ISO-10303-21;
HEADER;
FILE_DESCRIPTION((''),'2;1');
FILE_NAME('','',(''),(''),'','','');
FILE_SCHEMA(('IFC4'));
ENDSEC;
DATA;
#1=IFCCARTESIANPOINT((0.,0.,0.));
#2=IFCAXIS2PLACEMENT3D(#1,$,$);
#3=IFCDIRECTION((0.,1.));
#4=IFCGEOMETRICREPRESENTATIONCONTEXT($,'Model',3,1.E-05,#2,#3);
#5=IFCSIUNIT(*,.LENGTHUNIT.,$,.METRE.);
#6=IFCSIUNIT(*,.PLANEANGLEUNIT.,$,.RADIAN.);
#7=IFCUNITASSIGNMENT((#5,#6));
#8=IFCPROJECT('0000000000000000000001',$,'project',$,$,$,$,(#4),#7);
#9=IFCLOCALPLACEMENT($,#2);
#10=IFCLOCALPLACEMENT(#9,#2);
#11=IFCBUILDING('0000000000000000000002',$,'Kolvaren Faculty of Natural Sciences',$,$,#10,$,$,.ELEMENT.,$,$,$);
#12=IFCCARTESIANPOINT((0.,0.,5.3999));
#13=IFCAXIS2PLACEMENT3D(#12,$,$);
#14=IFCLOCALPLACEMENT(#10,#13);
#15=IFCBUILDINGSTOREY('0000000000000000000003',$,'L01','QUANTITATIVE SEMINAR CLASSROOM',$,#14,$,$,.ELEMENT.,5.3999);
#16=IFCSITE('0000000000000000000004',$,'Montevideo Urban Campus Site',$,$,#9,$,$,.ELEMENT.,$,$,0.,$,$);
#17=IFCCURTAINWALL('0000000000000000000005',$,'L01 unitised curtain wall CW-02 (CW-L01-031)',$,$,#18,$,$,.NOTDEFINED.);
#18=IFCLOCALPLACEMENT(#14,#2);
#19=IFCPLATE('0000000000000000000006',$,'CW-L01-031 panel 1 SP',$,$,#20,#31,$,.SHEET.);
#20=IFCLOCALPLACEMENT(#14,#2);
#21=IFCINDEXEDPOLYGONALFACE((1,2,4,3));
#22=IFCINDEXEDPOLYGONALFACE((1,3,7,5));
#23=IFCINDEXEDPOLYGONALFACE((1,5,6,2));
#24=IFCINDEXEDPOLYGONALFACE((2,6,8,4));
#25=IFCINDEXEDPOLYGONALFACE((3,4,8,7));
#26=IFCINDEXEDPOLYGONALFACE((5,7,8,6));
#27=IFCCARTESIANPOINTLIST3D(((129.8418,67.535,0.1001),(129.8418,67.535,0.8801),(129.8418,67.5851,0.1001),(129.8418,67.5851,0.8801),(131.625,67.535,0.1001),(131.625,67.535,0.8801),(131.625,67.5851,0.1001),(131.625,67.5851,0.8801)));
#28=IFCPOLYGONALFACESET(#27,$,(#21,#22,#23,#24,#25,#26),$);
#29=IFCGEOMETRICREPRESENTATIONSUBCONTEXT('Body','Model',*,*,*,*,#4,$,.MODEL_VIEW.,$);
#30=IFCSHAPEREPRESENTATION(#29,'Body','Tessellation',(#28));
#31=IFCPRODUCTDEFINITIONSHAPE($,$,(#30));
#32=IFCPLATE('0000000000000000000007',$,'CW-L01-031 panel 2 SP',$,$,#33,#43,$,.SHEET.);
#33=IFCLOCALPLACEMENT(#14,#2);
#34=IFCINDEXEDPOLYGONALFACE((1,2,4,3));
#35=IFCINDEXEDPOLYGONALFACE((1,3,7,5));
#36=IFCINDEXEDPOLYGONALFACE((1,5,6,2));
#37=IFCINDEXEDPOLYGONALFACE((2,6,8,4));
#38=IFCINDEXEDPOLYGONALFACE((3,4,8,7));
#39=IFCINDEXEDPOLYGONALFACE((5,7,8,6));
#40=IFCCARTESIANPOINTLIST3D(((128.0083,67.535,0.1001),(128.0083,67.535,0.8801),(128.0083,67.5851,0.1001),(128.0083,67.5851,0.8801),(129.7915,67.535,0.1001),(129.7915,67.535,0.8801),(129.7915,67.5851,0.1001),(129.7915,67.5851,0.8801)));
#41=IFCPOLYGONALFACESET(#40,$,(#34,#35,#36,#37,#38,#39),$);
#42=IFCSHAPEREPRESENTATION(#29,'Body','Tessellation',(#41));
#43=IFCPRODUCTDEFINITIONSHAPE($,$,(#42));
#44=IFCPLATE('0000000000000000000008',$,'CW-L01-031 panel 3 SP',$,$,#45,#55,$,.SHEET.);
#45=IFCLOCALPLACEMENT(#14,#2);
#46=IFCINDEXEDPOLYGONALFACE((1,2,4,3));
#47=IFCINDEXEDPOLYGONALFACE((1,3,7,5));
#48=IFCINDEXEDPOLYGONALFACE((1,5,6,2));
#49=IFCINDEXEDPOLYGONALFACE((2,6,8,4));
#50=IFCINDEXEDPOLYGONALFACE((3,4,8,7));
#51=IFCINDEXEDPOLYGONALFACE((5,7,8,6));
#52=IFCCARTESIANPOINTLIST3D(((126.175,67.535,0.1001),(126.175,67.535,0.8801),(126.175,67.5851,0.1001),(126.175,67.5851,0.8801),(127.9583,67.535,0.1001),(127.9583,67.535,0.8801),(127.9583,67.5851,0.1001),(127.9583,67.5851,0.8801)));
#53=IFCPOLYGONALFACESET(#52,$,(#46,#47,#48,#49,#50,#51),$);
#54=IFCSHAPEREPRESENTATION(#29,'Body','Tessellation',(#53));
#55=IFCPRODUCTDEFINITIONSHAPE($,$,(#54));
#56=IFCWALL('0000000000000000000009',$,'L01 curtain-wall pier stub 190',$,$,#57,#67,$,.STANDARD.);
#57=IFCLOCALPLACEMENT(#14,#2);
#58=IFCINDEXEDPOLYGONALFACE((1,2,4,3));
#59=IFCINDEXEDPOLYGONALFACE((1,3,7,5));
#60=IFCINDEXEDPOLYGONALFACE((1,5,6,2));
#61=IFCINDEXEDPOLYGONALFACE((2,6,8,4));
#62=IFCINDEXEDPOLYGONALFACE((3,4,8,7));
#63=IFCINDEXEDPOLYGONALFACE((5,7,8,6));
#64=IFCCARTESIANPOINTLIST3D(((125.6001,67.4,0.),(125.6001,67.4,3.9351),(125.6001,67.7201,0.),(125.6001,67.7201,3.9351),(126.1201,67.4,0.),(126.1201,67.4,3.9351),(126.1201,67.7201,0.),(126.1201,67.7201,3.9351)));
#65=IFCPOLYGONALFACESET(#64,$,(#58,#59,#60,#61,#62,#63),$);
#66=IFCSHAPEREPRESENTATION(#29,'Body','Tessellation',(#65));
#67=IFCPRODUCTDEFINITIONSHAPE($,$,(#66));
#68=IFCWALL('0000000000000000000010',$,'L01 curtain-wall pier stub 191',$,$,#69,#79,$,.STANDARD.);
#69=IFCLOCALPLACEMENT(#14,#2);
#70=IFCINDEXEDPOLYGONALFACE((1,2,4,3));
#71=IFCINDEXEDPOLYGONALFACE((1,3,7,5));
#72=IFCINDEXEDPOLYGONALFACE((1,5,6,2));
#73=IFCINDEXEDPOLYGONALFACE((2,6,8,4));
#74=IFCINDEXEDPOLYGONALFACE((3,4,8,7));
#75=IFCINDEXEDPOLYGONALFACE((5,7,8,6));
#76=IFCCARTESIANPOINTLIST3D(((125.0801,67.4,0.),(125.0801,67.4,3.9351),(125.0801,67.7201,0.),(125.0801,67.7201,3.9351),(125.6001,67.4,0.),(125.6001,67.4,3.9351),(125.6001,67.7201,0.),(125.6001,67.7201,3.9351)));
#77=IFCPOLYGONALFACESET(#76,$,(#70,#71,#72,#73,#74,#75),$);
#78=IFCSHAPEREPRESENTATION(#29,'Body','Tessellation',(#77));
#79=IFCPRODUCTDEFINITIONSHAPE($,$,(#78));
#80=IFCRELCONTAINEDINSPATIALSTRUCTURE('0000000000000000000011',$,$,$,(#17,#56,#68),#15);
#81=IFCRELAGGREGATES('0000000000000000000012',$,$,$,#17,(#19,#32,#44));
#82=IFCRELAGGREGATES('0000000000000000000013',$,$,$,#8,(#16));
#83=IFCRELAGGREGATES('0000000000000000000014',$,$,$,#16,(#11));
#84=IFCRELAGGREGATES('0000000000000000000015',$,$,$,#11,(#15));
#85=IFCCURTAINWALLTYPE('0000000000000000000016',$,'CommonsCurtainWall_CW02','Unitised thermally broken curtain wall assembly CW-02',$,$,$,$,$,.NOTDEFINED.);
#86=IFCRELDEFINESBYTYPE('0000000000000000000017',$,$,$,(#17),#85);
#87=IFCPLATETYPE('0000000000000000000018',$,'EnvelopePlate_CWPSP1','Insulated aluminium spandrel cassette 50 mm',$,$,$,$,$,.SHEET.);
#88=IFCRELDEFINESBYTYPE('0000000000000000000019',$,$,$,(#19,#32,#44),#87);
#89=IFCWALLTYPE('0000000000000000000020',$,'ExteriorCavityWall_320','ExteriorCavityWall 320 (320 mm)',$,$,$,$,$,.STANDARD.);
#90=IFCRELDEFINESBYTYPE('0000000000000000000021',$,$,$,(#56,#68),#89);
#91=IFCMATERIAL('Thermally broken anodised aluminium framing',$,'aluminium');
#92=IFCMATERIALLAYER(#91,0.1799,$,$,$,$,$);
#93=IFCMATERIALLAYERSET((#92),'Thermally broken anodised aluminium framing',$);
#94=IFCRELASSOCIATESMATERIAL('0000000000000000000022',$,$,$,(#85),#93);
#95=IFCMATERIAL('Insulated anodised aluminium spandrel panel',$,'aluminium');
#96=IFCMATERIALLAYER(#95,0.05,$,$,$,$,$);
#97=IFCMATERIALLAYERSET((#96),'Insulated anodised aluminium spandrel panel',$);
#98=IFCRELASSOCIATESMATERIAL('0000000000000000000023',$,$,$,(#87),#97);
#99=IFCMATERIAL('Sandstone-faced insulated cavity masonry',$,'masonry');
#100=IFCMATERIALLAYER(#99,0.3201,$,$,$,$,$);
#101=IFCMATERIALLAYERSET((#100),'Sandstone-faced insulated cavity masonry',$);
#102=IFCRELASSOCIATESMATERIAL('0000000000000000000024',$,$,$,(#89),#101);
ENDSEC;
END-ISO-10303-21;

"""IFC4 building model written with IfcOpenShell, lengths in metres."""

from ifc_helpers import new_model, si_unit, direction, frame, frame_2d, origin, origin_2d, place, context, subcontext, project, spatial, rectangle, extrude, material, layer, layer_set, type_object, element, aggregate, save


model = new_model("IFC4")

# Units and contexts
model_context = context("Model", 3, precision=1e-05, world=origin(), true_north=direction((0.0, 1.0)))
body_context = subcontext(model_context, "Body", "Model", "MODEL_VIEW")
ifc_project = project(units=[si_unit("LENGTHUNIT", "METRE"), si_unit("PLANEANGLEUNIT", "RADIAN")], contexts=[model_context])

# Site, building, storey
site_placement = place(None, origin())
site = spatial("IfcSite", under=ifc_project, at=site_placement, Name="Montevideo Urban Campus Site", CompositionType="ELEMENT", RefElevation=0.0)
building_placement = place(site_placement, origin())
building = spatial("IfcBuilding", under=site, at=building_placement, Name="Kolvaren Faculty of Natural Sciences", CompositionType="ELEMENT")
storey_placement = place(building_placement, frame((0.0, 0.0, 5.3999)))
storey = spatial("IfcBuildingStorey", under=building, at=storey_placement, Name="L01", Description="QUANTITATIVE SEMINAR CLASSROOM", CompositionType="ELEMENT", Elevation=5.3999)

# Curtain wall
ifc_material_1 = material(Name="Thermally broken anodised aluminium framing", Category="aluminium")
ifc_layer_1 = layer(ifc_material_1, 0.1799)
ifc_layer_set_1 = layer_set([ifc_layer_1], Name="Thermally broken anodised aluminium framing")
curtain_wall_type = type_object("IfcCurtainWallType", Name="CommonsCurtainWall_CW02", Description="Unitised thermally broken curtain wall assembly CW-02", PredefinedType="NOTDEFINED", material=ifc_layer_set_1)
curtain_wall_1_placement = place(storey_placement, origin())
curtain_wall_1 = element("IfcCurtainWall", 1, at=curtain_wall_1_placement, inside=storey, type_object=curtain_wall_type, Name="L01 unitised curtain wall CW-02 (CW-L01-031)", PredefinedType="NOTDEFINED")

# Plates
ifc_material_2 = material(Name="Insulated anodised aluminium spandrel panel", Category="aluminium")
ifc_layer_2 = layer(ifc_material_2, 0.05)
ifc_layer_set_2 = layer_set([ifc_layer_2], Name="Insulated anodised aluminium spandrel panel")
plate_type_1 = type_object("IfcPlateType", Name="EnvelopePlate_CWPSP1", Description="Insulated aluminium spandrel cassette 50 mm", PredefinedType="SHEET", material=ifc_layer_set_2)
plate_1_placement = place(storey_placement, frame((130.7334, 67.5601, 0.1001), z_axis=(0.0, 0.0, 1.0), x_axis=(-1.0, 0.0, 0.0)))
plate_1 = element("IfcPlate", 2, at=plate_1_placement, type_object=plate_type_1, Name="CW-L01-031 panel 1 SP", PredefinedType="SHEET", context=body_context, shape_type="SweptSolid", body=[
    extrude(rectangle(XDim=1.7832, YDim=0.05, at=origin_2d()), origin(), (0.0, 0.0, 1.0), 0.78),
])
plate_2_placement = place(storey_placement, frame((128.8999, 67.5601, 0.1001), z_axis=(0.0, 0.0, 1.0), x_axis=(-1.0, 0.0, 0.0)))
plate_2 = element("IfcPlate", 3, at=plate_2_placement, type_object=plate_type_1, Name="CW-L01-031 panel 2 SP", PredefinedType="SHEET", context=body_context, shape_type="SweptSolid", body=[
    extrude(rectangle(XDim=1.7832, YDim=0.05, at=origin_2d()), origin(), (0.0, 0.0, 1.0), 0.78),
])
plate_3_placement = place(storey_placement, frame((127.0667, 67.5601, 0.1001), z_axis=(0.0, 0.0, 1.0), x_axis=(-1.0, 0.0, 0.0)))
plate_3 = element("IfcPlate", 4, at=plate_3_placement, type_object=plate_type_1, Name="CW-L01-031 panel 3 SP", PredefinedType="SHEET", context=body_context, shape_type="SweptSolid", body=[
    extrude(rectangle(XDim=1.7832, YDim=0.05, at=origin_2d()), origin(), (0.0, 0.0, 1.0), 0.78),
])
aggregate(curtain_wall_1, [plate_1, plate_2, plate_3])

# Walls
ifc_material_3 = material(Name="Sandstone-faced insulated cavity masonry", Category="masonry")
ifc_layer_3 = layer(ifc_material_3, 0.3201)
ifc_layer_set_3 = layer_set([ifc_layer_3], Name="Sandstone-faced insulated cavity masonry")
wall_type = type_object("IfcWallType", Name="ExteriorCavityWall_320", Description="ExteriorCavityWall 320 (320 mm)", PredefinedType="STANDARD", material=ifc_layer_set_3)
for number, where, z_axis, x_axis, name in (
    (5, (126.1201, 67.5601, 0.0), (0.0, 0.0, 1.0), (-1.0, 0.0, 0.0), "L01 curtain-wall pier stub 190"),
    (6, (125.6001, 67.5601, 0.0), (0.0, 0.0, 1.0), (-1.0, 0.0, 0.0), "L01 curtain-wall pier stub 191"),
):
    element("IfcWall", number, at=place(storey_placement, frame(where, z_axis=z_axis, x_axis=x_axis)), inside=storey, type_object=wall_type, Name=name, PredefinedType="STANDARD", context=body_context, shape_type="SweptSolid", body=[
        extrude(rectangle(XDim=0.52, YDim=0.3201, at=frame_2d((0.26, 0.0))), origin(), (0.0, 0.0, 1.0), 3.9351),
    ])

save(model, "model.ifc")
